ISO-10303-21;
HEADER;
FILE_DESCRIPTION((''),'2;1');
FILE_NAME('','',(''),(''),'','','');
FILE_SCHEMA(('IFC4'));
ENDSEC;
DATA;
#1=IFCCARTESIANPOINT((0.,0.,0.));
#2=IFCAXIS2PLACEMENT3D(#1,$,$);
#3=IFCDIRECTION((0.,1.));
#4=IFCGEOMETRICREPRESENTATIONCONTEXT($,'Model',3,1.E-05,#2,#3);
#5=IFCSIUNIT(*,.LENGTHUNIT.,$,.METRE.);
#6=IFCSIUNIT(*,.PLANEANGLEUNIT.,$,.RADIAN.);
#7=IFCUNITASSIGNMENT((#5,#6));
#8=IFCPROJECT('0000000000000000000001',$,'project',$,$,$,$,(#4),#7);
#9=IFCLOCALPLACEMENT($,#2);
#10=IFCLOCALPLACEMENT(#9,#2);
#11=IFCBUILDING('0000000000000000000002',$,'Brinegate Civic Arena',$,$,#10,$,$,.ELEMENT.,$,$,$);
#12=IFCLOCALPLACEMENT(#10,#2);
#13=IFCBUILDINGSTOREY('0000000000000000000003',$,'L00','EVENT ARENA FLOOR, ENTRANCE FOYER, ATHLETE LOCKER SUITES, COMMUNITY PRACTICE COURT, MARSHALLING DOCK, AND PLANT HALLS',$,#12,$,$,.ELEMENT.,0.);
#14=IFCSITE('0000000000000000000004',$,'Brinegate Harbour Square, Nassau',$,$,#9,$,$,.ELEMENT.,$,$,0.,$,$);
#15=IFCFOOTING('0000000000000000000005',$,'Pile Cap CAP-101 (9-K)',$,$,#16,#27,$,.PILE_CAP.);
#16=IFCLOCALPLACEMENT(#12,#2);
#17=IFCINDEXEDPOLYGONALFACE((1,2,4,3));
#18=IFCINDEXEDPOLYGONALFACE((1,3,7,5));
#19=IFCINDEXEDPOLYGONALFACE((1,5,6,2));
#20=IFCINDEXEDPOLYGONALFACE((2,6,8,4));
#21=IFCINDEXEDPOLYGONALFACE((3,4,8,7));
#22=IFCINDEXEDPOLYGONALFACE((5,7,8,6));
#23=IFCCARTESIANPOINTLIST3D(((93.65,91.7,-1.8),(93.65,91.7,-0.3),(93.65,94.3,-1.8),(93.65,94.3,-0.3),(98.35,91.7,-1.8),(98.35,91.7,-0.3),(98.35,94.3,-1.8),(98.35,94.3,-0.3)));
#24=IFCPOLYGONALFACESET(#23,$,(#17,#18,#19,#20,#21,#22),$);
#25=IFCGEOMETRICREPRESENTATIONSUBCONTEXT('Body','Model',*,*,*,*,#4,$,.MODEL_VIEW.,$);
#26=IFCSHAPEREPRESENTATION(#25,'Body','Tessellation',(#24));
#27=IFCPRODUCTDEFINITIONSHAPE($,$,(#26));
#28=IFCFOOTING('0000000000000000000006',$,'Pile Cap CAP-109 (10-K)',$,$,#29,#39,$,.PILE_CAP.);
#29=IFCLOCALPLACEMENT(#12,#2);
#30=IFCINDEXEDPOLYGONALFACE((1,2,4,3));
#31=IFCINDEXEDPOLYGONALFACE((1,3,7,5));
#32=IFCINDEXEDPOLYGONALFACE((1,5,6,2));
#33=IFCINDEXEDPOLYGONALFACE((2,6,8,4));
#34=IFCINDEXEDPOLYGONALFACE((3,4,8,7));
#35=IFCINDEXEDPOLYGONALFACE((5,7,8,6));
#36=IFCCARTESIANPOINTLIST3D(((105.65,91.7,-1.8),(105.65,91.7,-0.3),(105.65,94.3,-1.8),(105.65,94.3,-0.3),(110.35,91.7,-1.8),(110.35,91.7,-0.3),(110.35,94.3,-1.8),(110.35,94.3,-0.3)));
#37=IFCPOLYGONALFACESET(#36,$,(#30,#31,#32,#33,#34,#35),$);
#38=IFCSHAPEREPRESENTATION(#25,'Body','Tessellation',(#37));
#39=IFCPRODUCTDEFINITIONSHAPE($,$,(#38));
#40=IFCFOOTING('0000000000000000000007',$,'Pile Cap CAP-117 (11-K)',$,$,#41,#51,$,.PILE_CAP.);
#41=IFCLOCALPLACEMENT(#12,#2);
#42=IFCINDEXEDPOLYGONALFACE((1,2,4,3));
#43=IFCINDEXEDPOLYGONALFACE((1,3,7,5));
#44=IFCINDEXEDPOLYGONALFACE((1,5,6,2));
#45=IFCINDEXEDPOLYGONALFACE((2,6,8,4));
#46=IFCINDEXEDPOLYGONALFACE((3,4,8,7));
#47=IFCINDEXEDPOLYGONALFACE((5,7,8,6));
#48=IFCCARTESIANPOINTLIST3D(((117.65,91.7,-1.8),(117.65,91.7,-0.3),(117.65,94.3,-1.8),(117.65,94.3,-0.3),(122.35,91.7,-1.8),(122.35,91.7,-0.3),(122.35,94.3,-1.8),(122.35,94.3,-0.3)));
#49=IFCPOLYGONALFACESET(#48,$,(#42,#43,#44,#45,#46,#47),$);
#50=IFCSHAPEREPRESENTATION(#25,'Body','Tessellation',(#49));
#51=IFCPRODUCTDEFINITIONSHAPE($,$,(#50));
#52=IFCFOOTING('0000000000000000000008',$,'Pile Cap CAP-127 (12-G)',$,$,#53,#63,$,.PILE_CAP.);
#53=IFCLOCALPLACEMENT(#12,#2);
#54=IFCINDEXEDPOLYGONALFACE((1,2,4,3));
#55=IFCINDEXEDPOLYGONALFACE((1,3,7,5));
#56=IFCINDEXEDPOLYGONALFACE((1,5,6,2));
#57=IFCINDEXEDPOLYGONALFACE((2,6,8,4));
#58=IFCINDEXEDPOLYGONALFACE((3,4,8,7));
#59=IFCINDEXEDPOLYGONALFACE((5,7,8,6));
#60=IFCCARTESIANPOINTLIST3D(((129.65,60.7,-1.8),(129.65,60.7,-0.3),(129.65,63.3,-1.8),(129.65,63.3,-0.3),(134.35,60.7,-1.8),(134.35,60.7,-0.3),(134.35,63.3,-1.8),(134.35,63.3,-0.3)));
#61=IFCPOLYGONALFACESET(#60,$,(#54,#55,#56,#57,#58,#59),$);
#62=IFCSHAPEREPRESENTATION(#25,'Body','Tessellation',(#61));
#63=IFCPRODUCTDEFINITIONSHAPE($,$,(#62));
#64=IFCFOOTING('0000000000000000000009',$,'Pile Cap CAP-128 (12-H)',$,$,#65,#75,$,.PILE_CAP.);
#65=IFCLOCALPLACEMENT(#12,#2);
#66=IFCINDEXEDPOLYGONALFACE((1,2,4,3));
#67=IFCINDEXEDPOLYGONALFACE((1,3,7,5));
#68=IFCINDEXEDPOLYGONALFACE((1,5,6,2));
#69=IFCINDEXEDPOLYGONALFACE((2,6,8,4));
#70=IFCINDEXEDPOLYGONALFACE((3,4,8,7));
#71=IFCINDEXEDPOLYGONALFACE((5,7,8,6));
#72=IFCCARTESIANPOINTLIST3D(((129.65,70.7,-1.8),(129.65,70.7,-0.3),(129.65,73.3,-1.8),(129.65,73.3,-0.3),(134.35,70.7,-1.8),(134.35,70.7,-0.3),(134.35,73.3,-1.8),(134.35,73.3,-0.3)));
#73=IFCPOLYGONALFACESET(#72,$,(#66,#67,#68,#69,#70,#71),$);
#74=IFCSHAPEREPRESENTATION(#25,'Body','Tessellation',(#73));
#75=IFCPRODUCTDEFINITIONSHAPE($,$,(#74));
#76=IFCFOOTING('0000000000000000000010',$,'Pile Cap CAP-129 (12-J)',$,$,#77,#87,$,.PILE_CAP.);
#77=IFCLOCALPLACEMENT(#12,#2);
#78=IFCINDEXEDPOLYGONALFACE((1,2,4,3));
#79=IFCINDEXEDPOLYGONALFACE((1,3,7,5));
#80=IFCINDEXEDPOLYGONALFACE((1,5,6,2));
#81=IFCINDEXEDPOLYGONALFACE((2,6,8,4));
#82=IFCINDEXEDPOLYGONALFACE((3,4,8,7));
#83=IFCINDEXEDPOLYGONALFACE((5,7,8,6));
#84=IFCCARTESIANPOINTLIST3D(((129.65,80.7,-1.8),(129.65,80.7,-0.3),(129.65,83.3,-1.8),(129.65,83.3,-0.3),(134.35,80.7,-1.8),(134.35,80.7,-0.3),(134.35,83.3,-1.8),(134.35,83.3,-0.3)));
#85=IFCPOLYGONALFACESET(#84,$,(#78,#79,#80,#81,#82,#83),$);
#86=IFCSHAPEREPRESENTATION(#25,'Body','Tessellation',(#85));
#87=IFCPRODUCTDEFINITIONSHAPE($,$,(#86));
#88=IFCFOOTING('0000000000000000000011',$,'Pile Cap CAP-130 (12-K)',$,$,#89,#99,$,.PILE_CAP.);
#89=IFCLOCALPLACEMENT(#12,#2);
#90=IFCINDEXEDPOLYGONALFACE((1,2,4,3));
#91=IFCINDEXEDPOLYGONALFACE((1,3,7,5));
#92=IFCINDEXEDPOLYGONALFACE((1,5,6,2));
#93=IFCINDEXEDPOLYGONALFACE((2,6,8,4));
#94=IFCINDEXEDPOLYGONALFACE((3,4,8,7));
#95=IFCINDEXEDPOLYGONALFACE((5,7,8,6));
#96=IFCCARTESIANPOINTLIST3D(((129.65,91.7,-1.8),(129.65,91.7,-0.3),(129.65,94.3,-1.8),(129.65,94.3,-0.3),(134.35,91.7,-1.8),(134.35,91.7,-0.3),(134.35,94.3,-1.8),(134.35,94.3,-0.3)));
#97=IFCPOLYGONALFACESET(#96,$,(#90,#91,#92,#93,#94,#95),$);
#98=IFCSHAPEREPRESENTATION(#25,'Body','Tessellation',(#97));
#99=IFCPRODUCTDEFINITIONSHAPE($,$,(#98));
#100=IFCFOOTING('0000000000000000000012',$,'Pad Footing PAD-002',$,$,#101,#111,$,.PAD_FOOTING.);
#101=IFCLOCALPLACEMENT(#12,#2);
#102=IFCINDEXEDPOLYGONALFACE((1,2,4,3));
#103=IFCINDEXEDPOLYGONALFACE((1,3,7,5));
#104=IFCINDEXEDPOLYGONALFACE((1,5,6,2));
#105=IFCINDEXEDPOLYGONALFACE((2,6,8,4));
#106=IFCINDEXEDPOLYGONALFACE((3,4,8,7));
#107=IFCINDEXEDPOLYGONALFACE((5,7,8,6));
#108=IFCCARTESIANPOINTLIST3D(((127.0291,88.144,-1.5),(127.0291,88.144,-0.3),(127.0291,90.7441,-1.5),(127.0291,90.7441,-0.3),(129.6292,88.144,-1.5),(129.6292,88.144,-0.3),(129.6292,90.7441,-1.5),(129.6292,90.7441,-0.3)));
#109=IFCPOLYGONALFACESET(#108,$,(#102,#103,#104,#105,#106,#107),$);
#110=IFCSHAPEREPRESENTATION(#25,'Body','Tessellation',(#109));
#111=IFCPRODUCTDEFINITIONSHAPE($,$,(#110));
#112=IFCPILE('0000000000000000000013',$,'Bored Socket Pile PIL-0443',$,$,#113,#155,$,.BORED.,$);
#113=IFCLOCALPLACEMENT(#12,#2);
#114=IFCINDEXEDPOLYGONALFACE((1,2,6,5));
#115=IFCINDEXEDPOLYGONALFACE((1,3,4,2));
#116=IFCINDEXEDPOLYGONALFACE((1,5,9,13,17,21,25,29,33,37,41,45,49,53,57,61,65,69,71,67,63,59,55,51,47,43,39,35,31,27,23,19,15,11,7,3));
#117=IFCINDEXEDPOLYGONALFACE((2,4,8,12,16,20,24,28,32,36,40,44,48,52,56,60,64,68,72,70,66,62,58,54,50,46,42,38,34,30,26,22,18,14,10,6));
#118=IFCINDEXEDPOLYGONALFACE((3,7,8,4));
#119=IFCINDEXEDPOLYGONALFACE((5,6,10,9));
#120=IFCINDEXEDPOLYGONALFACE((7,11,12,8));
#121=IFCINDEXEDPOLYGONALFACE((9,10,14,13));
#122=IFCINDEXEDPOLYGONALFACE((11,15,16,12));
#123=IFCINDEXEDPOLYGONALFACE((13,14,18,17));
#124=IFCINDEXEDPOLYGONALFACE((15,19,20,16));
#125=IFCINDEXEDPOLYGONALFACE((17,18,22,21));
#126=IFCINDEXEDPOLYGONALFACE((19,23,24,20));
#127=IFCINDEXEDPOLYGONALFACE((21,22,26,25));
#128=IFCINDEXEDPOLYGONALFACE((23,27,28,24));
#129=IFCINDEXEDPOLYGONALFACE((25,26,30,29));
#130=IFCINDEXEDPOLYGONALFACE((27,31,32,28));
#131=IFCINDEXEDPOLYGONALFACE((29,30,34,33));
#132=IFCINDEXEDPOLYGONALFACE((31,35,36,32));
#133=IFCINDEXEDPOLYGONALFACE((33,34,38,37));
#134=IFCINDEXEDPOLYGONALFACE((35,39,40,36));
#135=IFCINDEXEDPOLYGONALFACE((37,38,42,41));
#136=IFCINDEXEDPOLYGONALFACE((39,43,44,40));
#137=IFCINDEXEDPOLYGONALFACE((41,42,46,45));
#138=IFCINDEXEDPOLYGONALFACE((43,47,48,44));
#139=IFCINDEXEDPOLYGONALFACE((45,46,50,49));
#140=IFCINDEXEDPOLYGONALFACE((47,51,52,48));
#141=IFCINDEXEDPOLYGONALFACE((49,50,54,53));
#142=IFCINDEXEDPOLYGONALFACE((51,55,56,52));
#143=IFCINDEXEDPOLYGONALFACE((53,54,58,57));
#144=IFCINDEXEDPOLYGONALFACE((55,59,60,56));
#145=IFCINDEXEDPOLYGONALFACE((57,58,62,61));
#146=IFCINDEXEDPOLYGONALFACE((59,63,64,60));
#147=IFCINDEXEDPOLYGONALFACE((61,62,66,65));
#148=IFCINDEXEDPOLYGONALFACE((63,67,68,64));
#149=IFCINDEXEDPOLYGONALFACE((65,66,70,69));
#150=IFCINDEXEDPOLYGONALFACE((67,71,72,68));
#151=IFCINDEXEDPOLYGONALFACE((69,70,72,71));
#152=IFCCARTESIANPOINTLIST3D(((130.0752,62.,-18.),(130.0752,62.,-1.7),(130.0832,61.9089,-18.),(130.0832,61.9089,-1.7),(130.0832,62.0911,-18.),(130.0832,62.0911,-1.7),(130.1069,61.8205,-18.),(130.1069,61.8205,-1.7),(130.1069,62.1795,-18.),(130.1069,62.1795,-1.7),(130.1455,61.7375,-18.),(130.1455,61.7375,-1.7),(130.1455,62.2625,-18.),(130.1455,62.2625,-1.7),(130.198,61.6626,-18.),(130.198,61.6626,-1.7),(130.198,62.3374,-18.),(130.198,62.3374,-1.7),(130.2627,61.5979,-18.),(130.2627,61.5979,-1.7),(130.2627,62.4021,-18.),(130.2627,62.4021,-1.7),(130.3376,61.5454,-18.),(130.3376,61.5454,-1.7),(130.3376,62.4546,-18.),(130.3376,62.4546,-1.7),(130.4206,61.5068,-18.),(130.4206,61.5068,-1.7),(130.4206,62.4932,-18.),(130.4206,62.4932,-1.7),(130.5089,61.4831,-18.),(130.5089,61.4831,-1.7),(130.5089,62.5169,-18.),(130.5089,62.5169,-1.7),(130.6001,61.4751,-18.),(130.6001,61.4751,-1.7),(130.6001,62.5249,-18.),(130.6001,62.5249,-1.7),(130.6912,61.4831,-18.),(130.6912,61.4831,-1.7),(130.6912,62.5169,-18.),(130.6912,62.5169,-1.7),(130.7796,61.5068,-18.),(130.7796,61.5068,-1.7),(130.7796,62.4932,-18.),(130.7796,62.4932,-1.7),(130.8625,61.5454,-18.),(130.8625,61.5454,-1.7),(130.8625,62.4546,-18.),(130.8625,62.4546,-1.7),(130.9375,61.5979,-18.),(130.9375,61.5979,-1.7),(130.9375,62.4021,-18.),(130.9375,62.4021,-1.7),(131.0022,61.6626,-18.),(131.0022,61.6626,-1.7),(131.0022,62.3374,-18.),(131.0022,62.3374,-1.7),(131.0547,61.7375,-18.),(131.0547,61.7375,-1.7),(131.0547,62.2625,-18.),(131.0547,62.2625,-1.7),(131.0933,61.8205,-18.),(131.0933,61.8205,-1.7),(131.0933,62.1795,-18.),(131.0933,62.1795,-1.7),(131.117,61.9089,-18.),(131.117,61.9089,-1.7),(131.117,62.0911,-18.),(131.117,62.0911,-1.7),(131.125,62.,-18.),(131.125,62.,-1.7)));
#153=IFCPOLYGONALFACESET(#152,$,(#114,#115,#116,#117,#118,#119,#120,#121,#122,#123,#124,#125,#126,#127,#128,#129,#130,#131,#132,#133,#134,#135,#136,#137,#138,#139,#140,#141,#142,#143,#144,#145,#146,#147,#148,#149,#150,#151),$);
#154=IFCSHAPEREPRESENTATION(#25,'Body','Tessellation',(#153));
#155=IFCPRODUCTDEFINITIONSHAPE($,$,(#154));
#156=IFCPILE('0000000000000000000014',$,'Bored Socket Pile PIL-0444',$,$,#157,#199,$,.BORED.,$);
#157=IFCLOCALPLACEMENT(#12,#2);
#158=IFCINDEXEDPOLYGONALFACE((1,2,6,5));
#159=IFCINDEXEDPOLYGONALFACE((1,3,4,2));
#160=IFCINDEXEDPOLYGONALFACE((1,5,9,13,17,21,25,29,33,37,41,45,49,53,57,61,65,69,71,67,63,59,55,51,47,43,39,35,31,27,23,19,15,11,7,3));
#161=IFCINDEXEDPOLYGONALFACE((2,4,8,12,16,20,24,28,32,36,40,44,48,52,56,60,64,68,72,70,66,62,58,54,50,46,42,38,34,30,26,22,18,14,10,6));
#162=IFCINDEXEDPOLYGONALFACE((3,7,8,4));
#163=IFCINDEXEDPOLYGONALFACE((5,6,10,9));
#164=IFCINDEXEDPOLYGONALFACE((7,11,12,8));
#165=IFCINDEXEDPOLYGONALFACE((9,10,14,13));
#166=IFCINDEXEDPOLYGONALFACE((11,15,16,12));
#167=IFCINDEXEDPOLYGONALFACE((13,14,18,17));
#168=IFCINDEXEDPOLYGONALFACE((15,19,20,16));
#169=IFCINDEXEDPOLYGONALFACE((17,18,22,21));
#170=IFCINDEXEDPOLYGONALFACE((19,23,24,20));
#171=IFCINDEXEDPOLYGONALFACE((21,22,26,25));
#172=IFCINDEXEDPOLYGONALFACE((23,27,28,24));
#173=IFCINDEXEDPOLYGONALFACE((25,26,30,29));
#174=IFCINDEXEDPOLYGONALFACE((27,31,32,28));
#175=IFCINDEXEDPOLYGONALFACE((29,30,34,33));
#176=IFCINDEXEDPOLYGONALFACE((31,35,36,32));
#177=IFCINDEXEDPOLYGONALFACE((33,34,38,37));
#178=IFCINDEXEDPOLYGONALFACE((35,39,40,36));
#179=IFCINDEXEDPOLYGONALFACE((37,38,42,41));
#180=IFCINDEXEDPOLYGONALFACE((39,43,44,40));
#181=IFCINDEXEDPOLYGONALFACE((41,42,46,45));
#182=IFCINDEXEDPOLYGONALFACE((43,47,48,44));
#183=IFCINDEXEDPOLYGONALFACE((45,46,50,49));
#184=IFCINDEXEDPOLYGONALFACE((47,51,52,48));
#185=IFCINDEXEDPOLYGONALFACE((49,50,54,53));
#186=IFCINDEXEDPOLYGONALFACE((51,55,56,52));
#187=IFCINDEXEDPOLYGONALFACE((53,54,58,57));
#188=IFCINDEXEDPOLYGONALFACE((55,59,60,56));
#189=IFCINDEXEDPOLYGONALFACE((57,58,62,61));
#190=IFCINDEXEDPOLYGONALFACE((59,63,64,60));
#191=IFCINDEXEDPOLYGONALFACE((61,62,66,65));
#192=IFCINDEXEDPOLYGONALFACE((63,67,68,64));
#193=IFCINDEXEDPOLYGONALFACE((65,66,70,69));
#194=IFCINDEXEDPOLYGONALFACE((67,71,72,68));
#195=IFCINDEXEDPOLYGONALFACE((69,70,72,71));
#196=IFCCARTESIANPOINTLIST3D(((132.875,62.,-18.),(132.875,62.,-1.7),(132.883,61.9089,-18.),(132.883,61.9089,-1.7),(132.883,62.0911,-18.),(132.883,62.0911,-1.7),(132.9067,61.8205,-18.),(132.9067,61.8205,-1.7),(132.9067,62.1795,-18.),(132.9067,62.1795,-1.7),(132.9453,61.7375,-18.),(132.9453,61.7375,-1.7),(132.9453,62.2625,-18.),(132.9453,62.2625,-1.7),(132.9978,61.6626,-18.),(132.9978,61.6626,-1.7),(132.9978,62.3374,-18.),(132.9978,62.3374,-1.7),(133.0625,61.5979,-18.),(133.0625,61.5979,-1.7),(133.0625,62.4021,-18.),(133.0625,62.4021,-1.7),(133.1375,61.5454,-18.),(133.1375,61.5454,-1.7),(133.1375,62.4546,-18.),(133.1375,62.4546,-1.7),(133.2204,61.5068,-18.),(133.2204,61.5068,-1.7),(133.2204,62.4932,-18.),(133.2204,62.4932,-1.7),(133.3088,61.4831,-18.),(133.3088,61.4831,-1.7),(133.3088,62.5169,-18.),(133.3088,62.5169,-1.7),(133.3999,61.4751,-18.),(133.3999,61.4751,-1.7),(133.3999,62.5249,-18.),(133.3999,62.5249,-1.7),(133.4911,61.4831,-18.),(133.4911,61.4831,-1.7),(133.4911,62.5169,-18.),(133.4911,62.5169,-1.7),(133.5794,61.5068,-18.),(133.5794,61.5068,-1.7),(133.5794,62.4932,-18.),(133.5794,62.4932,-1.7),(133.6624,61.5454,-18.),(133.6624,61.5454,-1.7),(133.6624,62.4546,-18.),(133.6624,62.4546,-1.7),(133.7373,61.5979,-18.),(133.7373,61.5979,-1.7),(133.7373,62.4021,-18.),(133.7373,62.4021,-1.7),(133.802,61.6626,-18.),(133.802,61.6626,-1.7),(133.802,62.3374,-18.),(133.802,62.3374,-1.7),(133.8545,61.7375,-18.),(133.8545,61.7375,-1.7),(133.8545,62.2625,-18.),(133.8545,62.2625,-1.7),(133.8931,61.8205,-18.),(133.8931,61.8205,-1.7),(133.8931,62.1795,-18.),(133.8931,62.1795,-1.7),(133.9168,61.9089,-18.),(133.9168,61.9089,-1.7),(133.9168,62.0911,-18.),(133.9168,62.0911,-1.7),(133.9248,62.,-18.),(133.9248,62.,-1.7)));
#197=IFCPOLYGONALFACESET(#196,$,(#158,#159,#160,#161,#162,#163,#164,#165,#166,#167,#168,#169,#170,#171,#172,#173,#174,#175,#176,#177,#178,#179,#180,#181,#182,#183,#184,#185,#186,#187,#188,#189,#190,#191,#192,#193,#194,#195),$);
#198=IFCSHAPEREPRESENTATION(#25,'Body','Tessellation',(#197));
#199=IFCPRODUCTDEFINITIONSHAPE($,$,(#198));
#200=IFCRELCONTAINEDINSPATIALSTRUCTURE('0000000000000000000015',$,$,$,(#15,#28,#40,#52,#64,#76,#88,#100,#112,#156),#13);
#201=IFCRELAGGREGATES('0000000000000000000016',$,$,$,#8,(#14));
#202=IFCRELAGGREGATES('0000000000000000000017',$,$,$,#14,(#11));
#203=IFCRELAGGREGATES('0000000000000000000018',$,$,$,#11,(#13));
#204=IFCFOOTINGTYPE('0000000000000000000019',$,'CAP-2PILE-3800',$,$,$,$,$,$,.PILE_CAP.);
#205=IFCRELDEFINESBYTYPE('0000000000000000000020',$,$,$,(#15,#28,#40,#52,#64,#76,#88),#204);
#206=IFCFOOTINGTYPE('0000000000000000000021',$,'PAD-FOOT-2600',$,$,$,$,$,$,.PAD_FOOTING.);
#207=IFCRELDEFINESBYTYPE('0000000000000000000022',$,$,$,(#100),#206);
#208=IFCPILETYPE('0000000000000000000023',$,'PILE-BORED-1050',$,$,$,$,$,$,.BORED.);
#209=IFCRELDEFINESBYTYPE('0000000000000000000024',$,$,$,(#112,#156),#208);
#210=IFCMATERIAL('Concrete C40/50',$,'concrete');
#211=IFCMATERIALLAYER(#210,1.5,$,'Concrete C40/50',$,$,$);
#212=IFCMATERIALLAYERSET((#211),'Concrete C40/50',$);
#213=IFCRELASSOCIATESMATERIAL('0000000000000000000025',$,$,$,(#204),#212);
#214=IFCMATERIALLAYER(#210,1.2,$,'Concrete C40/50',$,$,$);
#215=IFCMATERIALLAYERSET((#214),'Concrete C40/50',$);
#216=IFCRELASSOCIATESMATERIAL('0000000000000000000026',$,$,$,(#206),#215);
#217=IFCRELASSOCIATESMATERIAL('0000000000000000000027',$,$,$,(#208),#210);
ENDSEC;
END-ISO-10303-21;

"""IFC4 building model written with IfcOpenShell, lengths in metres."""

from ifc_helpers import new_model, si_unit, direction, frame, origin, origin_2d, place, context, subcontext, project, spatial, rectangle, circle, extrude, material, layer, layer_set, material_profile, profile_set, type_object, element, save


model = new_model("IFC4")

# Units and contexts
model_context = context("Model", 3, precision=1e-05, world=origin(), true_north=direction((0.0, 1.0)))
body_context = subcontext(model_context, "Body", "Model", "MODEL_VIEW")
ifc_project = project(units=[si_unit("LENGTHUNIT", "METRE"), si_unit("PLANEANGLEUNIT", "RADIAN")], contexts=[model_context])

# Site, building, storey
site_placement = place(None, origin())
site = spatial("IfcSite", under=ifc_project, at=site_placement, Name="Brinegate Harbour Square, Nassau", CompositionType="ELEMENT", RefElevation=0.0)
building_placement = place(site_placement, origin())
building = spatial("IfcBuilding", under=site, at=building_placement, Name="Brinegate Civic Arena", CompositionType="ELEMENT")
storey_placement = place(building_placement, origin())
storey = spatial("IfcBuildingStorey", under=building, at=storey_placement, Name="L00", Description="EVENT ARENA FLOOR, ENTRANCE FOYER, ATHLETE LOCKER SUITES, COMMUNITY PRACTICE COURT, MARSHALLING DOCK, AND PLANT HALLS", CompositionType="ELEMENT", Elevation=0.0)

# Footings
ifc_material_1 = material(Name="Concrete C40/50", Category="concrete")
ifc_layer_1 = layer(ifc_material_1, 1.5, Name="Concrete C40/50")
ifc_layer_set_1 = layer_set([ifc_layer_1], Name="Concrete C40/50")
footing_type_1 = type_object("IfcFootingType", Name="CAP-2PILE-3800", PredefinedType="PILE_CAP", material=ifc_layer_set_1)
for number, where, z_axis, x_axis, name in (
    (1, (96.0, 93.0, -1.8), (0.0, 0.0, 1.0), (1.0, 0.0, 0.0), "Pile Cap CAP-101 (9-K)"),
    (2, (108.0, 93.0, -1.8), (0.0, 0.0, 1.0), (1.0, 0.0, 0.0), "Pile Cap CAP-109 (10-K)"),
    (3, (120.0, 93.0, -1.8), (0.0, 0.0, 1.0), (1.0, 0.0, 0.0), "Pile Cap CAP-117 (11-K)"),
    (4, (132.0, 62.0, -1.8), (0.0, 0.0, 1.0), (1.0, 0.0, 0.0), "Pile Cap CAP-127 (12-G)"),
    (5, (132.0, 72.0, -1.8), (0.0, 0.0, 1.0), (1.0, 0.0, 0.0), "Pile Cap CAP-128 (12-H)"),
    (6, (132.0, 82.0, -1.8), (0.0, 0.0, 1.0), (1.0, 0.0, 0.0), "Pile Cap CAP-129 (12-J)"),
    (7, (132.0, 93.0, -1.8), (0.0, 0.0, 1.0), (1.0, 0.0, 0.0), "Pile Cap CAP-130 (12-K)"),
):
    element("IfcFooting", number, at=place(storey_placement, frame(where, z_axis=z_axis, x_axis=x_axis)), inside=storey, type_object=footing_type_1, Name=name, PredefinedType="PILE_CAP", context=body_context, shape_type="SweptSolid", body=[
        extrude(rectangle(XDim=4.7, YDim=2.6001, at=origin_2d()), origin(), (0.0, 0.0, 1.0), 1.5),
    ])
ifc_layer_2 = layer(ifc_material_1, 1.2, Name="Concrete C40/50")
ifc_layer_set_2 = layer_set([ifc_layer_2], Name="Concrete C40/50")
footing_type_2 = type_object("IfcFootingType", Name="PAD-FOOT-2600", PredefinedType="PAD_FOOTING", material=ifc_layer_set_2)
footing_1_placement = place(storey_placement, frame((128.3291, 89.4441, -1.5), z_axis=(0.0, 0.0, 1.0), x_axis=(1.0, 0.0, 0.0)))
element("IfcFooting", 8, at=footing_1_placement, inside=storey, type_object=footing_type_2, Name="Pad Footing PAD-002", PredefinedType="PAD_FOOTING", context=body_context, shape_type="SweptSolid", body=[
    extrude(rectangle(XDim=2.6001, YDim=2.6001, at=origin_2d()), origin(), (0.0, 0.0, 1.0), 1.2),
])

# Piles
ifc_material_profile_1 = material_profile(ifc_material_1, circle(Radius=0.5249, at=origin_2d()), Name="PILED1050")
ifc_profile_set_1 = profile_set([ifc_material_profile_1], Name="Concrete C40/50")
pile_type_1 = type_object("IfcPileType", Name="PILE-BORED-1050", PredefinedType="BORED", material=ifc_profile_set_1)
for number, where, z_axis, x_axis, name in (
    (9, (130.6001, 62.0, -1.7), (0.0, 0.0, -1.0), (1.0, 0.0, 0.0), "Bored Socket Pile PIL-0443"),
    (10, (133.3999, 62.0, -1.7), (0.0, 0.0, -1.0), (1.0, 0.0, 0.0), "Bored Socket Pile PIL-0444"),
):
    element("IfcPile", number, at=place(storey_placement, frame(where, z_axis=z_axis, x_axis=x_axis)), inside=storey, type_object=pile_type_1, Name=name, PredefinedType="BORED", context=body_context, shape_type="SweptSolid", body=[
        extrude(circle(Radius=0.5249, at=origin_2d()), origin(), (0.0, 0.0, 1.0), 16.3),
    ])

save(model, "model.ifc")
